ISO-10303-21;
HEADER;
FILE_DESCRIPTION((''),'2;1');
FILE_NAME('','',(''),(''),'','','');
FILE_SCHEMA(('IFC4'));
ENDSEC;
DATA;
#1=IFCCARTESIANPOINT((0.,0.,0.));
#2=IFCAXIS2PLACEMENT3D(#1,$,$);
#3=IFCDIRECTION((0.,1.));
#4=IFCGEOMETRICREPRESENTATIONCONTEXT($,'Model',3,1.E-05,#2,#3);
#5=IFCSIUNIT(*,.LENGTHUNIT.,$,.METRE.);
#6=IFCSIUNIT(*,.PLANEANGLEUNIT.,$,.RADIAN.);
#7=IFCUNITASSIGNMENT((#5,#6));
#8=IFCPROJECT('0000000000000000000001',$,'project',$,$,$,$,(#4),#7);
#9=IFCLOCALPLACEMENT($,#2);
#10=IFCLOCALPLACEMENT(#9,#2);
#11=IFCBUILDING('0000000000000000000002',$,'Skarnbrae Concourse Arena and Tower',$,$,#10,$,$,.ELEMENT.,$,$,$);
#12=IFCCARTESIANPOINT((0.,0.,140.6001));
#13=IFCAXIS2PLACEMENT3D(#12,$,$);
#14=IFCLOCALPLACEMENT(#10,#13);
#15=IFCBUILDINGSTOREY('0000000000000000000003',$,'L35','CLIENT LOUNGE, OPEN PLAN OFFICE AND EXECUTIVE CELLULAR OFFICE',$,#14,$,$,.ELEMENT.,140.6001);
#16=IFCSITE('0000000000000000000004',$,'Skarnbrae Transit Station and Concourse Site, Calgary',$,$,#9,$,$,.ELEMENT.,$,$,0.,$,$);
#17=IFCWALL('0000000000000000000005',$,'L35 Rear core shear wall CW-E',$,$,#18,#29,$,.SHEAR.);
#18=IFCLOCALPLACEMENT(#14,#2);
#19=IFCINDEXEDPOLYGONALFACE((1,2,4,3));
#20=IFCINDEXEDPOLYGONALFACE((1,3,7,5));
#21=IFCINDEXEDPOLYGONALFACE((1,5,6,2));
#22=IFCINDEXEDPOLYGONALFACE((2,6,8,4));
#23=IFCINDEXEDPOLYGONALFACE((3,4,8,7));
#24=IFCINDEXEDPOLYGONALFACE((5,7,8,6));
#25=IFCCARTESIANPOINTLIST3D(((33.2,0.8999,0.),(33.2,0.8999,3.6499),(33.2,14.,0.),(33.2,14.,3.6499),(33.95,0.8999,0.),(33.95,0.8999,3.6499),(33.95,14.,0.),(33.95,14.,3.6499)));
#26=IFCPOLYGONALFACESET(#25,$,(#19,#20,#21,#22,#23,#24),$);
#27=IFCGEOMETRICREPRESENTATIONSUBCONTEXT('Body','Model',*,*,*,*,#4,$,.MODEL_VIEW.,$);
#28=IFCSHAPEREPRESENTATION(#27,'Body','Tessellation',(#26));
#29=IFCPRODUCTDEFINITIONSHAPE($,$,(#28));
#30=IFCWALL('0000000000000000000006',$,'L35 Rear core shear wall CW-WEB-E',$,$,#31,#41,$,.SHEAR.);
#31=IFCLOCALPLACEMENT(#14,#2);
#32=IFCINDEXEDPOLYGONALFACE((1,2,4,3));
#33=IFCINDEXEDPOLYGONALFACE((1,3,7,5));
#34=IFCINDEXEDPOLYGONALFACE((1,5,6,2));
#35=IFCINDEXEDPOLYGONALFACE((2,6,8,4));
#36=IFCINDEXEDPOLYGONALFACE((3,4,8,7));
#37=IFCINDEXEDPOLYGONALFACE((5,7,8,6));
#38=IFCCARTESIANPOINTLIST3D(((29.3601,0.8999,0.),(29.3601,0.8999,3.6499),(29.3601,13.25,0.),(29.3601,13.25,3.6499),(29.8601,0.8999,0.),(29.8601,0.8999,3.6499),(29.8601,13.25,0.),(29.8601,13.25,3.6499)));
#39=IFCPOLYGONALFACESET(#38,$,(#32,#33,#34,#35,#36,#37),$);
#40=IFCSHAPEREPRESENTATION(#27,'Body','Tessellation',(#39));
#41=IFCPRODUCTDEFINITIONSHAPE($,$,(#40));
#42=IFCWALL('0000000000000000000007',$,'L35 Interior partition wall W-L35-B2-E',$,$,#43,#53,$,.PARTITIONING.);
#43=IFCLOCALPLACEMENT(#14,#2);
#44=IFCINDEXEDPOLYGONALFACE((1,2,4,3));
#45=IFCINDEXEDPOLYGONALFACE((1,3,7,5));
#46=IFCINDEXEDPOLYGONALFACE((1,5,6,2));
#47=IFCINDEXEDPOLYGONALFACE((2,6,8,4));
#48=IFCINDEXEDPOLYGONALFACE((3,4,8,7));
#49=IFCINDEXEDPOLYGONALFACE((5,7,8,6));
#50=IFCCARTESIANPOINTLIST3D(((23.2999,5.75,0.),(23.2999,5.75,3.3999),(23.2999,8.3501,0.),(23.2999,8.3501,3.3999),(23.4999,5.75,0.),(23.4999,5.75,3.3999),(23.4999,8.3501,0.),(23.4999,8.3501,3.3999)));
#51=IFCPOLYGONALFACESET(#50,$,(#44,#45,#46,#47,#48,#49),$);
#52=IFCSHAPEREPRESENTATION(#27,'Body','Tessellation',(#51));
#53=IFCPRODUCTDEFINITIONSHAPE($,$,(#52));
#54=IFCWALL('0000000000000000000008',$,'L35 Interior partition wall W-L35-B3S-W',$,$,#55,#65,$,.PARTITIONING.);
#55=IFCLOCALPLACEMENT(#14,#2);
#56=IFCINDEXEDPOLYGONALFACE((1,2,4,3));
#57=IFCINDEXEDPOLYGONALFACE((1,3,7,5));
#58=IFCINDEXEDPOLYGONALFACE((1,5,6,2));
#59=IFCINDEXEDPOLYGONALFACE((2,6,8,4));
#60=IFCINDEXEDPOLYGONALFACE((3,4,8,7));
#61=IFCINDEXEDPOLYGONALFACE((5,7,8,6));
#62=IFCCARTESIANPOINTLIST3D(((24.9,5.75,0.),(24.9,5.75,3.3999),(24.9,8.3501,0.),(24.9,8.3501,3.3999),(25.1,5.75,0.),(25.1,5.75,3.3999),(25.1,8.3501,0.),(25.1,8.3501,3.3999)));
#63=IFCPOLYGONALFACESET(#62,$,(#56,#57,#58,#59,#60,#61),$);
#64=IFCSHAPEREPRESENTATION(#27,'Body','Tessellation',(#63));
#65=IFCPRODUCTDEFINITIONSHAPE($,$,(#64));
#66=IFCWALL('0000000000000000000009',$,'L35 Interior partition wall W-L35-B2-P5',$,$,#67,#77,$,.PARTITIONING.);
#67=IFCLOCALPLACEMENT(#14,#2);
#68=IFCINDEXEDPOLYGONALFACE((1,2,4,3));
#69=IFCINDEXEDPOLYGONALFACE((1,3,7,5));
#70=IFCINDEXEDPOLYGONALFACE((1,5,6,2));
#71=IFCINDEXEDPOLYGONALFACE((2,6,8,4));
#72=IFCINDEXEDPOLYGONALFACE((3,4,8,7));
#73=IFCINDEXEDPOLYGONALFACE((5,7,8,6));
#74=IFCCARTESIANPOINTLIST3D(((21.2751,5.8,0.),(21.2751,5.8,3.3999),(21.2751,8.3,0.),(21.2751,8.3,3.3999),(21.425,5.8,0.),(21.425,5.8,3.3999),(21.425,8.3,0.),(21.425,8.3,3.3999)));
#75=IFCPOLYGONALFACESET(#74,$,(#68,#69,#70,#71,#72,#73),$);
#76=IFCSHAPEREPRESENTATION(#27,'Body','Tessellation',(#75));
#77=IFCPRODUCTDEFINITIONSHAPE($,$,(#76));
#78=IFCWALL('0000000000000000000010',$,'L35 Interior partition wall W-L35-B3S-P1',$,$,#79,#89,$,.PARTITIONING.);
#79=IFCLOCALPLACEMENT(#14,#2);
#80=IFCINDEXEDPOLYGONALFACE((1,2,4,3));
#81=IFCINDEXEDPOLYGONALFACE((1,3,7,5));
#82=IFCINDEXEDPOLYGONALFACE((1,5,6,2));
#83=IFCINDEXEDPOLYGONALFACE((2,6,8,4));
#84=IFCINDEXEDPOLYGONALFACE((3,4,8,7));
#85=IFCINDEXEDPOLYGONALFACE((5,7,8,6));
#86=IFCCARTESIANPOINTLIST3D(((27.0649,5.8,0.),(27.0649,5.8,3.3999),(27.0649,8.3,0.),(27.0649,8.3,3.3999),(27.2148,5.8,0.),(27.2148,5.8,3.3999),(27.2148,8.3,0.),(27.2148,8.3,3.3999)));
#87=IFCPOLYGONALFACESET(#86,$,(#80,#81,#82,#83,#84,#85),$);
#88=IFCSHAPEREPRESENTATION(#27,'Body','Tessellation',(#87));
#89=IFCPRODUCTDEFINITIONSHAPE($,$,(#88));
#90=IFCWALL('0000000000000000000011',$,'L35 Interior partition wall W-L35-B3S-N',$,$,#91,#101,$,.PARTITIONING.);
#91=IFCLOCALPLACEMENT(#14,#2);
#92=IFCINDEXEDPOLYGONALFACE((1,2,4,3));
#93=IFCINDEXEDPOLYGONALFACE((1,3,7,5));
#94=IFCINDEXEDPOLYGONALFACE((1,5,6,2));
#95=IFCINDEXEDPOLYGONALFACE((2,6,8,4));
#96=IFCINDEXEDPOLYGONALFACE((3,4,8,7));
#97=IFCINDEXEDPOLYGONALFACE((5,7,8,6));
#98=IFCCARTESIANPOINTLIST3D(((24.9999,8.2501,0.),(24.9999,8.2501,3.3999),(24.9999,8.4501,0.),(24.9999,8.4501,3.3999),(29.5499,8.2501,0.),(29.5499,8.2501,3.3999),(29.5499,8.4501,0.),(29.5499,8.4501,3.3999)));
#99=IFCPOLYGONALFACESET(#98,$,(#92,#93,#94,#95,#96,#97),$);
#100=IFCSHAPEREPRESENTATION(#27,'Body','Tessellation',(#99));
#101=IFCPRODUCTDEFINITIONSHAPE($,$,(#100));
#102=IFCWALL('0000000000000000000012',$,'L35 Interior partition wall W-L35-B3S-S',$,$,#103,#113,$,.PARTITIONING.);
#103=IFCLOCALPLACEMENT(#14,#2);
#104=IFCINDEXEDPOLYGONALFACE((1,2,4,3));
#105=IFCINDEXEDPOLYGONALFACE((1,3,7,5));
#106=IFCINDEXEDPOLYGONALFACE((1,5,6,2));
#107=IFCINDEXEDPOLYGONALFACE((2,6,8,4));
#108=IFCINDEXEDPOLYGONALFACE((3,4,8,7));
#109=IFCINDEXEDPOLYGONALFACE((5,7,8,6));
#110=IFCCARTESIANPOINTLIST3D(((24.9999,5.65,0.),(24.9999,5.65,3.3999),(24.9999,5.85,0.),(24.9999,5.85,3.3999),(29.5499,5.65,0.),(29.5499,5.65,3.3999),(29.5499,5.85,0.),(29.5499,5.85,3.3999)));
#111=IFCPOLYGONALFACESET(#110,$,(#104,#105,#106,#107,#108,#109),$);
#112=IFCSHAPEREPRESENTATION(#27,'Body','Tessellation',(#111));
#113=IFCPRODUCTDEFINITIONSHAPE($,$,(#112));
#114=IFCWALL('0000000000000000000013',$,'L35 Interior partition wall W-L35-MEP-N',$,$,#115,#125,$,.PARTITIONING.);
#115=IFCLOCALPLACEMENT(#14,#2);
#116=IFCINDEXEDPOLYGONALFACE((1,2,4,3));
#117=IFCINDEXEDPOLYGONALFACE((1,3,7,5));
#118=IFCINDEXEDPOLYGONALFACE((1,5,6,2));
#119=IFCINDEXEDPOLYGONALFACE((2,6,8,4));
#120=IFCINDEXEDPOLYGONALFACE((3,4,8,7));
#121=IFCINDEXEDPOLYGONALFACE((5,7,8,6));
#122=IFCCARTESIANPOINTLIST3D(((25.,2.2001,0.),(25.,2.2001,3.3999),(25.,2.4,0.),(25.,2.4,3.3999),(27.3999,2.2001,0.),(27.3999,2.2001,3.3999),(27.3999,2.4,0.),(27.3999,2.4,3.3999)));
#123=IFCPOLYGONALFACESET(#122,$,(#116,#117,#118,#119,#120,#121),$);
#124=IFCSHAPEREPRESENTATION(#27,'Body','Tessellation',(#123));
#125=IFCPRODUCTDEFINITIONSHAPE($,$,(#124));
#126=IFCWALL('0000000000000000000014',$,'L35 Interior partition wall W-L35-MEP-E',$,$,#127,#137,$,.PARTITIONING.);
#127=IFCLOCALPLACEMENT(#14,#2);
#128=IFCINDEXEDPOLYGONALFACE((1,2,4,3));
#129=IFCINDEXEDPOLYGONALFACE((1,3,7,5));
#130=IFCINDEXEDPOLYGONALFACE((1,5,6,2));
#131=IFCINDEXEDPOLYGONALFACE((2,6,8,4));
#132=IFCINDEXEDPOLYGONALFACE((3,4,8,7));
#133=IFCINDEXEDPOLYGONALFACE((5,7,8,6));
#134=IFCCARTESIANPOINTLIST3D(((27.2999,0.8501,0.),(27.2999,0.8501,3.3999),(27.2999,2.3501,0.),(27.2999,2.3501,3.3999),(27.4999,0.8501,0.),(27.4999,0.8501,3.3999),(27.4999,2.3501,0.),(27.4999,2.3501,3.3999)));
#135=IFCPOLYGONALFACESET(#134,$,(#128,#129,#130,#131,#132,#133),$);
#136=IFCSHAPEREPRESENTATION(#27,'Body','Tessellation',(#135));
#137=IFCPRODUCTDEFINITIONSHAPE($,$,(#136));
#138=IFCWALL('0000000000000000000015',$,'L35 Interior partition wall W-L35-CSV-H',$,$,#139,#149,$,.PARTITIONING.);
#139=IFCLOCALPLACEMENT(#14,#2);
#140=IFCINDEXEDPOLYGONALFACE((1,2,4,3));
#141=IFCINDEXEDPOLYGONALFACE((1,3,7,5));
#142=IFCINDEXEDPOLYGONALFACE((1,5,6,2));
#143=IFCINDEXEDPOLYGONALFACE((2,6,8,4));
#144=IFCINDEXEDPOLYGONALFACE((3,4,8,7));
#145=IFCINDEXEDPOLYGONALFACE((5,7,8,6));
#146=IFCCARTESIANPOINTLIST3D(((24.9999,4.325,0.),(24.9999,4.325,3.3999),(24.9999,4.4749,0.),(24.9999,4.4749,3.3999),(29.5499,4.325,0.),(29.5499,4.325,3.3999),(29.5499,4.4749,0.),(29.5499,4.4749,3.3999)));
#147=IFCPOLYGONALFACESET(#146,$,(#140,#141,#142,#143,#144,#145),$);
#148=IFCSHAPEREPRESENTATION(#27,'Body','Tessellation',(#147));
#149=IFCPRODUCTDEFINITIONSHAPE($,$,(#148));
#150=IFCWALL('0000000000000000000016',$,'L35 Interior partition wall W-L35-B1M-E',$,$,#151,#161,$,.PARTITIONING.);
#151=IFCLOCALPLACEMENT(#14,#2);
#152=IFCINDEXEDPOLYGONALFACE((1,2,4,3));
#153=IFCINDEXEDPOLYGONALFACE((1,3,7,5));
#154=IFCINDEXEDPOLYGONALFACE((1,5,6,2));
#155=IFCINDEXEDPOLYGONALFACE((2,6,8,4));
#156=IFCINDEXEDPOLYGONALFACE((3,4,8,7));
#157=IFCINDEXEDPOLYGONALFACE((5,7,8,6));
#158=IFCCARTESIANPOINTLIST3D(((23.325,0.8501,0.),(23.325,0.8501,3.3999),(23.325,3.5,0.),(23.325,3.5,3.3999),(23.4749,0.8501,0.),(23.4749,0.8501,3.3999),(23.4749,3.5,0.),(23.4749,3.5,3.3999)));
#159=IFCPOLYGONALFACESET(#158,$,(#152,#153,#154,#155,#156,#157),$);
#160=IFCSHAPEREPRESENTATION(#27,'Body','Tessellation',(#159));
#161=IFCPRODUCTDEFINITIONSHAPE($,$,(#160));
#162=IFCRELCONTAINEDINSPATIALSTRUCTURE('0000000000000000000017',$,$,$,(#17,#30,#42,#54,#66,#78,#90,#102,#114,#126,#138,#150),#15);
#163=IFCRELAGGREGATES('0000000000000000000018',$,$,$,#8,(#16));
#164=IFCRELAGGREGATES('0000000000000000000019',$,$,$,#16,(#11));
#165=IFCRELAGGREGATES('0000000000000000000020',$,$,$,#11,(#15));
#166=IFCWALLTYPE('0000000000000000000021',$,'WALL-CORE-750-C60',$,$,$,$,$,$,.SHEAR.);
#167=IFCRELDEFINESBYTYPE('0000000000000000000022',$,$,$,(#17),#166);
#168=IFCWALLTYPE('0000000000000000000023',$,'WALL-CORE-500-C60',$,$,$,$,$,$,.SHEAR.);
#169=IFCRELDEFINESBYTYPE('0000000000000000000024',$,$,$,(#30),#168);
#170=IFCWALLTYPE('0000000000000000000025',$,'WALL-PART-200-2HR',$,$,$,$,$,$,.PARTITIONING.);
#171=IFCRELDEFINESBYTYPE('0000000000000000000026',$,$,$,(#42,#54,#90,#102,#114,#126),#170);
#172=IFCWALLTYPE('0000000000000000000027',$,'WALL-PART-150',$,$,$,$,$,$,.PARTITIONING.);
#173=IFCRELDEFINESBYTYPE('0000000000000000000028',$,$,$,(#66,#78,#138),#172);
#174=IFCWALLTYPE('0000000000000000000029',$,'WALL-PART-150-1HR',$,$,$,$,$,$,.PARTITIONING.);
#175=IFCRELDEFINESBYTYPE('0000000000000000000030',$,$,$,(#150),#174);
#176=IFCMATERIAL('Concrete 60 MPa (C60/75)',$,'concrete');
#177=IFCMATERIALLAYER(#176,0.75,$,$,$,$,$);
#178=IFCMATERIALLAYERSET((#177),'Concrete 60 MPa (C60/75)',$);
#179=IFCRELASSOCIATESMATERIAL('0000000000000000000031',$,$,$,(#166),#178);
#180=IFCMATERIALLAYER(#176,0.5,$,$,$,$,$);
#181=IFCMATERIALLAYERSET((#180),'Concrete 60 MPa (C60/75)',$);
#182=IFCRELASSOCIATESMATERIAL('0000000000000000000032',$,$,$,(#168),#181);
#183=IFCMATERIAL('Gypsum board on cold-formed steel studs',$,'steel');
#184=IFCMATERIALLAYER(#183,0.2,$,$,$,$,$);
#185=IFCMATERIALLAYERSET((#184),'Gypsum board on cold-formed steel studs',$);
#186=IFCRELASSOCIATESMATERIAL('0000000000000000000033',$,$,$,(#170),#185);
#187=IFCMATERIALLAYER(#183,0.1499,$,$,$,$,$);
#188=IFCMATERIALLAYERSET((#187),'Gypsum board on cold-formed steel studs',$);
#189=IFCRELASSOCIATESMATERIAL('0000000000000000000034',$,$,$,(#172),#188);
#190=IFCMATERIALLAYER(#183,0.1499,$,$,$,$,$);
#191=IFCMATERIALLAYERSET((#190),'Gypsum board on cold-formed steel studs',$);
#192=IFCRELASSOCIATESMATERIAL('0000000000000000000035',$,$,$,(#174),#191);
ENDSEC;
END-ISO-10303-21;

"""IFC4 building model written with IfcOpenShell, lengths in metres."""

from ifc_helpers import new_model, si_unit, direction, frame, frame_2d, origin, place, context, subcontext, project, spatial, rectangle, extrude, source, transform, mapped, material, layer, layer_set, type_object, element, save


model = new_model("IFC4")

# Units and contexts
model_context = context("Model", 3, precision=1e-05, world=origin(), true_north=direction((0.0, 1.0)))
body_context = subcontext(model_context, "Body", "Model", "MODEL_VIEW")
ifc_project = project(units=[si_unit("LENGTHUNIT", "METRE"), si_unit("PLANEANGLEUNIT", "RADIAN")], contexts=[model_context])

# Site, building, storey
site_placement = place(None, origin())
site = spatial("IfcSite", under=ifc_project, at=site_placement, Name="Skarnbrae Transit Station and Concourse Site, Calgary", CompositionType="ELEMENT", RefElevation=0.0)
building_placement = place(site_placement, origin())
building = spatial("IfcBuilding", under=site, at=building_placement, Name="Skarnbrae Concourse Arena and Tower", CompositionType="ELEMENT")
storey_placement = place(building_placement, frame((0.0, 0.0, 140.6001)))
storey = spatial("IfcBuildingStorey", under=building, at=storey_placement, Name="L35", Description="CLIENT LOUNGE, OPEN PLAN OFFICE AND EXECUTIVE CELLULAR OFFICE", CompositionType="ELEMENT", Elevation=140.6001)

# Walls
ifc_material_1 = material(Name="Concrete 60 MPa (C60/75)", Category="concrete")
ifc_layer_1 = layer(ifc_material_1, 0.75)
ifc_layer_set_1 = layer_set([ifc_layer_1], Name="Concrete 60 MPa (C60/75)")
wall_type_1 = type_object("IfcWallType", Name="WALL-CORE-750-C60", PredefinedType="SHEAR", material=ifc_layer_set_1)
shared_shape_1 = source(origin(), body_context, "Body", "SweptSolid", [
    extrude(rectangle(XDim=13.1001, YDim=0.75, at=frame_2d((6.55, 0.0))), origin(), (0.0, 0.0, 1.0), 3.6499),
])
wall_1_placement = place(storey_placement, frame((33.575, 0.8999, 0.0), z_axis=(0.0, 0.0, 1.0), x_axis=(0.0, 1.0, 0.0)))
element("IfcWall", 1, at=wall_1_placement, inside=storey, type_object=wall_type_1, Name="L35 Rear core shear wall CW-E", PredefinedType="SHEAR", context=body_context, shape_type="MappedRepresentation", body=[
    mapped(shared_shape_1, transform((0.0, 0.0, 0.0))),
])
ifc_layer_2 = layer(ifc_material_1, 0.5)
ifc_layer_set_2 = layer_set([ifc_layer_2], Name="Concrete 60 MPa (C60/75)")
wall_type_2 = type_object("IfcWallType", Name="WALL-CORE-500-C60", PredefinedType="SHEAR", material=ifc_layer_set_2)
shared_shape_2 = source(origin(), body_context, "Body", "SweptSolid", [
    extrude(rectangle(XDim=12.3501, YDim=0.5, at=frame_2d((6.175, 0.0))), origin(), (0.0, 0.0, 1.0), 3.6499),
])
wall_2_placement = place(storey_placement, frame((29.6101, 0.8999, 0.0), z_axis=(0.0, 0.0, 1.0), x_axis=(0.0, 1.0, 0.0)))
element("IfcWall", 2, at=wall_2_placement, inside=storey, type_object=wall_type_2, Name="L35 Rear core shear wall CW-WEB-E", PredefinedType="SHEAR", context=body_context, shape_type="MappedRepresentation", body=[
    mapped(shared_shape_2, transform((0.0, 0.0, 0.0))),
])
ifc_material_2 = material(Name="Gypsum board on cold-formed steel studs", Category="steel")
ifc_layer_3 = layer(ifc_material_2, 0.2)
ifc_layer_set_3 = layer_set([ifc_layer_3], Name="Gypsum board on cold-formed steel studs")
wall_type_3 = type_object("IfcWallType", Name="WALL-PART-200-2HR", PredefinedType="PARTITIONING", material=ifc_layer_set_3)
shared_shape_3 = source(origin(), body_context, "Body", "SweptSolid", [
    extrude(rectangle(XDim=2.6001, YDim=0.2, at=frame_2d((1.3, 0.0))), origin(), (0.0, 0.0, 1.0), 3.3999),
])
for number, where, z_axis, x_axis, name in (
    (3, (23.3999, 5.75, 0.0), (0.0, 0.0, 1.0), (0.0, 1.0, 0.0), "L35 Interior partition wall W-L35-B2-E"),
    (4, (25.0, 5.75, 0.0), (0.0, 0.0, 1.0), (0.0, 1.0, 0.0), "L35 Interior partition wall W-L35-B3S-W"),
):
    element("IfcWall", number, at=place(storey_placement, frame(where, z_axis=z_axis, x_axis=x_axis)), inside=storey, type_object=wall_type_3, Name=name, PredefinedType="PARTITIONING", context=body_context, shape_type="MappedRepresentation", body=[
        mapped(shared_shape_3, transform((0.0, 0.0, 0.0))),
    ])
ifc_layer_4 = layer(ifc_material_2, 0.1499)
ifc_layer_set_4 = layer_set([ifc_layer_4], Name="Gypsum board on cold-formed steel studs")
wall_type_4 = type_object("IfcWallType", Name="WALL-PART-150", PredefinedType="PARTITIONING", material=ifc_layer_set_4)
shared_shape_4 = source(origin(), body_context, "Body", "SweptSolid", [
    extrude(rectangle(XDim=2.5, YDim=0.1499, at=frame_2d((1.25, 0.0))), origin(), (0.0, 0.0, 1.0), 3.3999),
])
for number, where, z_axis, x_axis, name in (
    (5, (21.3501, 5.8, 0.0), (0.0, 0.0, 1.0), (0.0, 1.0, 0.0), "L35 Interior partition wall W-L35-B2-P5"),
    (6, (27.1399, 5.8, 0.0), (0.0, 0.0, 1.0), (0.0, 1.0, 0.0), "L35 Interior partition wall W-L35-B3S-P1"),
):
    element("IfcWall", number, at=place(storey_placement, frame(where, z_axis=z_axis, x_axis=x_axis)), inside=storey, type_object=wall_type_4, Name=name, PredefinedType="PARTITIONING", context=body_context, shape_type="MappedRepresentation", body=[
        mapped(shared_shape_4, transform((0.0, 0.0, 0.0))),
    ])
shared_shape_5 = source(origin(), body_context, "Body", "SweptSolid", [
    extrude(rectangle(XDim=4.55, YDim=0.2, at=frame_2d((2.2749, 0.0))), origin(), (0.0, 0.0, 1.0), 3.3999),
])
for number, where, z_axis, x_axis, name in (
    (7, (25.0, 8.3501, 0.0), (0.0, 0.0, 1.0), (1.0, 0.0, 0.0), "L35 Interior partition wall W-L35-B3S-N"),
    (8, (25.0, 5.75, 0.0), (0.0, 0.0, 1.0), (1.0, 0.0, 0.0), "L35 Interior partition wall W-L35-B3S-S"),
):
    element("IfcWall", number, at=place(storey_placement, frame(where, z_axis=z_axis, x_axis=x_axis)), inside=storey, type_object=wall_type_3, Name=name, PredefinedType="PARTITIONING", context=body_context, shape_type="MappedRepresentation", body=[
        mapped(shared_shape_5, transform((0.0, 0.0, 0.0))),
    ])

# Shared definitions
ifc_layer_5 = layer(ifc_material_2, 0.1499)
ifc_layer_set_5 = layer_set([ifc_layer_5], Name="Gypsum board on cold-formed steel studs")
wall_type_5 = type_object("IfcWallType", Name="WALL-PART-150-1HR", PredefinedType="PARTITIONING", material=ifc_layer_set_5)

# Walls
shared_shape_6 = source(origin(), body_context, "Body", "SweptSolid", [
    extrude(rectangle(XDim=2.3999, YDim=0.2, at=frame_2d((1.2, 0.0))), origin(), (0.0, 0.0, 1.0), 3.3999),
])
wall_3_placement = place(storey_placement, frame((25.0, 2.3, 0.0), z_axis=(0.0, 0.0, 1.0), x_axis=(1.0, 0.0, 0.0)))
element("IfcWall", 9, at=wall_3_placement, inside=storey, type_object=wall_type_3, Name="L35 Interior partition wall W-L35-MEP-N", PredefinedType="PARTITIONING", context=body_context, shape_type="MappedRepresentation", body=[
    mapped(shared_shape_6, transform((0.0, 0.0, 0.0))),
])
shared_shape_7 = source(origin(), body_context, "Body", "SweptSolid", [
    extrude(rectangle(XDim=1.5, YDim=0.2, at=frame_2d((0.75, 0.0))), origin(), (0.0, 0.0, 1.0), 3.3999),
])
wall_4_placement = place(storey_placement, frame((27.3999, 0.8501, 0.0), z_axis=(0.0, 0.0, 1.0), x_axis=(0.0, 1.0, 0.0)))
element("IfcWall", 10, at=wall_4_placement, inside=storey, type_object=wall_type_3, Name="L35 Interior partition wall W-L35-MEP-E", PredefinedType="PARTITIONING", context=body_context, shape_type="MappedRepresentation", body=[
    mapped(shared_shape_7, transform((0.0, 0.0, 0.0))),
])
shared_shape_8 = source(origin(), body_context, "Body", "SweptSolid", [
    extrude(rectangle(XDim=4.55, YDim=0.1499, at=frame_2d((2.2749, 0.0))), origin(), (0.0, 0.0, 1.0), 3.3999),
])
wall_5_placement = place(storey_placement, frame((25.0, 4.3999, 0.0), z_axis=(0.0, 0.0, 1.0), x_axis=(1.0, 0.0, 0.0)))
element("IfcWall", 11, at=wall_5_placement, inside=storey, type_object=wall_type_4, Name="L35 Interior partition wall W-L35-CSV-H", PredefinedType="PARTITIONING", context=body_context, shape_type="MappedRepresentation", body=[
    mapped(shared_shape_8, transform((0.0, 0.0, 0.0))),
])
shared_shape_9 = source(origin(), body_context, "Body", "SweptSolid", [
    extrude(rectangle(XDim=2.6499, YDim=0.1499, at=frame_2d((1.325, 0.0))), origin(), (0.0, 0.0, 1.0), 3.3999),
])
wall_6_placement = place(storey_placement, frame((23.3999, 0.8501, 0.0), z_axis=(0.0, 0.0, 1.0), x_axis=(0.0, 1.0, 0.0)))
element("IfcWall", 12, at=wall_6_placement, inside=storey, type_object=wall_type_5, Name="L35 Interior partition wall W-L35-B1M-E", PredefinedType="PARTITIONING", context=body_context, shape_type="MappedRepresentation", body=[
    mapped(shared_shape_9, transform((0.0, 0.0, 0.0))),
])

save(model, "model.ifc")
